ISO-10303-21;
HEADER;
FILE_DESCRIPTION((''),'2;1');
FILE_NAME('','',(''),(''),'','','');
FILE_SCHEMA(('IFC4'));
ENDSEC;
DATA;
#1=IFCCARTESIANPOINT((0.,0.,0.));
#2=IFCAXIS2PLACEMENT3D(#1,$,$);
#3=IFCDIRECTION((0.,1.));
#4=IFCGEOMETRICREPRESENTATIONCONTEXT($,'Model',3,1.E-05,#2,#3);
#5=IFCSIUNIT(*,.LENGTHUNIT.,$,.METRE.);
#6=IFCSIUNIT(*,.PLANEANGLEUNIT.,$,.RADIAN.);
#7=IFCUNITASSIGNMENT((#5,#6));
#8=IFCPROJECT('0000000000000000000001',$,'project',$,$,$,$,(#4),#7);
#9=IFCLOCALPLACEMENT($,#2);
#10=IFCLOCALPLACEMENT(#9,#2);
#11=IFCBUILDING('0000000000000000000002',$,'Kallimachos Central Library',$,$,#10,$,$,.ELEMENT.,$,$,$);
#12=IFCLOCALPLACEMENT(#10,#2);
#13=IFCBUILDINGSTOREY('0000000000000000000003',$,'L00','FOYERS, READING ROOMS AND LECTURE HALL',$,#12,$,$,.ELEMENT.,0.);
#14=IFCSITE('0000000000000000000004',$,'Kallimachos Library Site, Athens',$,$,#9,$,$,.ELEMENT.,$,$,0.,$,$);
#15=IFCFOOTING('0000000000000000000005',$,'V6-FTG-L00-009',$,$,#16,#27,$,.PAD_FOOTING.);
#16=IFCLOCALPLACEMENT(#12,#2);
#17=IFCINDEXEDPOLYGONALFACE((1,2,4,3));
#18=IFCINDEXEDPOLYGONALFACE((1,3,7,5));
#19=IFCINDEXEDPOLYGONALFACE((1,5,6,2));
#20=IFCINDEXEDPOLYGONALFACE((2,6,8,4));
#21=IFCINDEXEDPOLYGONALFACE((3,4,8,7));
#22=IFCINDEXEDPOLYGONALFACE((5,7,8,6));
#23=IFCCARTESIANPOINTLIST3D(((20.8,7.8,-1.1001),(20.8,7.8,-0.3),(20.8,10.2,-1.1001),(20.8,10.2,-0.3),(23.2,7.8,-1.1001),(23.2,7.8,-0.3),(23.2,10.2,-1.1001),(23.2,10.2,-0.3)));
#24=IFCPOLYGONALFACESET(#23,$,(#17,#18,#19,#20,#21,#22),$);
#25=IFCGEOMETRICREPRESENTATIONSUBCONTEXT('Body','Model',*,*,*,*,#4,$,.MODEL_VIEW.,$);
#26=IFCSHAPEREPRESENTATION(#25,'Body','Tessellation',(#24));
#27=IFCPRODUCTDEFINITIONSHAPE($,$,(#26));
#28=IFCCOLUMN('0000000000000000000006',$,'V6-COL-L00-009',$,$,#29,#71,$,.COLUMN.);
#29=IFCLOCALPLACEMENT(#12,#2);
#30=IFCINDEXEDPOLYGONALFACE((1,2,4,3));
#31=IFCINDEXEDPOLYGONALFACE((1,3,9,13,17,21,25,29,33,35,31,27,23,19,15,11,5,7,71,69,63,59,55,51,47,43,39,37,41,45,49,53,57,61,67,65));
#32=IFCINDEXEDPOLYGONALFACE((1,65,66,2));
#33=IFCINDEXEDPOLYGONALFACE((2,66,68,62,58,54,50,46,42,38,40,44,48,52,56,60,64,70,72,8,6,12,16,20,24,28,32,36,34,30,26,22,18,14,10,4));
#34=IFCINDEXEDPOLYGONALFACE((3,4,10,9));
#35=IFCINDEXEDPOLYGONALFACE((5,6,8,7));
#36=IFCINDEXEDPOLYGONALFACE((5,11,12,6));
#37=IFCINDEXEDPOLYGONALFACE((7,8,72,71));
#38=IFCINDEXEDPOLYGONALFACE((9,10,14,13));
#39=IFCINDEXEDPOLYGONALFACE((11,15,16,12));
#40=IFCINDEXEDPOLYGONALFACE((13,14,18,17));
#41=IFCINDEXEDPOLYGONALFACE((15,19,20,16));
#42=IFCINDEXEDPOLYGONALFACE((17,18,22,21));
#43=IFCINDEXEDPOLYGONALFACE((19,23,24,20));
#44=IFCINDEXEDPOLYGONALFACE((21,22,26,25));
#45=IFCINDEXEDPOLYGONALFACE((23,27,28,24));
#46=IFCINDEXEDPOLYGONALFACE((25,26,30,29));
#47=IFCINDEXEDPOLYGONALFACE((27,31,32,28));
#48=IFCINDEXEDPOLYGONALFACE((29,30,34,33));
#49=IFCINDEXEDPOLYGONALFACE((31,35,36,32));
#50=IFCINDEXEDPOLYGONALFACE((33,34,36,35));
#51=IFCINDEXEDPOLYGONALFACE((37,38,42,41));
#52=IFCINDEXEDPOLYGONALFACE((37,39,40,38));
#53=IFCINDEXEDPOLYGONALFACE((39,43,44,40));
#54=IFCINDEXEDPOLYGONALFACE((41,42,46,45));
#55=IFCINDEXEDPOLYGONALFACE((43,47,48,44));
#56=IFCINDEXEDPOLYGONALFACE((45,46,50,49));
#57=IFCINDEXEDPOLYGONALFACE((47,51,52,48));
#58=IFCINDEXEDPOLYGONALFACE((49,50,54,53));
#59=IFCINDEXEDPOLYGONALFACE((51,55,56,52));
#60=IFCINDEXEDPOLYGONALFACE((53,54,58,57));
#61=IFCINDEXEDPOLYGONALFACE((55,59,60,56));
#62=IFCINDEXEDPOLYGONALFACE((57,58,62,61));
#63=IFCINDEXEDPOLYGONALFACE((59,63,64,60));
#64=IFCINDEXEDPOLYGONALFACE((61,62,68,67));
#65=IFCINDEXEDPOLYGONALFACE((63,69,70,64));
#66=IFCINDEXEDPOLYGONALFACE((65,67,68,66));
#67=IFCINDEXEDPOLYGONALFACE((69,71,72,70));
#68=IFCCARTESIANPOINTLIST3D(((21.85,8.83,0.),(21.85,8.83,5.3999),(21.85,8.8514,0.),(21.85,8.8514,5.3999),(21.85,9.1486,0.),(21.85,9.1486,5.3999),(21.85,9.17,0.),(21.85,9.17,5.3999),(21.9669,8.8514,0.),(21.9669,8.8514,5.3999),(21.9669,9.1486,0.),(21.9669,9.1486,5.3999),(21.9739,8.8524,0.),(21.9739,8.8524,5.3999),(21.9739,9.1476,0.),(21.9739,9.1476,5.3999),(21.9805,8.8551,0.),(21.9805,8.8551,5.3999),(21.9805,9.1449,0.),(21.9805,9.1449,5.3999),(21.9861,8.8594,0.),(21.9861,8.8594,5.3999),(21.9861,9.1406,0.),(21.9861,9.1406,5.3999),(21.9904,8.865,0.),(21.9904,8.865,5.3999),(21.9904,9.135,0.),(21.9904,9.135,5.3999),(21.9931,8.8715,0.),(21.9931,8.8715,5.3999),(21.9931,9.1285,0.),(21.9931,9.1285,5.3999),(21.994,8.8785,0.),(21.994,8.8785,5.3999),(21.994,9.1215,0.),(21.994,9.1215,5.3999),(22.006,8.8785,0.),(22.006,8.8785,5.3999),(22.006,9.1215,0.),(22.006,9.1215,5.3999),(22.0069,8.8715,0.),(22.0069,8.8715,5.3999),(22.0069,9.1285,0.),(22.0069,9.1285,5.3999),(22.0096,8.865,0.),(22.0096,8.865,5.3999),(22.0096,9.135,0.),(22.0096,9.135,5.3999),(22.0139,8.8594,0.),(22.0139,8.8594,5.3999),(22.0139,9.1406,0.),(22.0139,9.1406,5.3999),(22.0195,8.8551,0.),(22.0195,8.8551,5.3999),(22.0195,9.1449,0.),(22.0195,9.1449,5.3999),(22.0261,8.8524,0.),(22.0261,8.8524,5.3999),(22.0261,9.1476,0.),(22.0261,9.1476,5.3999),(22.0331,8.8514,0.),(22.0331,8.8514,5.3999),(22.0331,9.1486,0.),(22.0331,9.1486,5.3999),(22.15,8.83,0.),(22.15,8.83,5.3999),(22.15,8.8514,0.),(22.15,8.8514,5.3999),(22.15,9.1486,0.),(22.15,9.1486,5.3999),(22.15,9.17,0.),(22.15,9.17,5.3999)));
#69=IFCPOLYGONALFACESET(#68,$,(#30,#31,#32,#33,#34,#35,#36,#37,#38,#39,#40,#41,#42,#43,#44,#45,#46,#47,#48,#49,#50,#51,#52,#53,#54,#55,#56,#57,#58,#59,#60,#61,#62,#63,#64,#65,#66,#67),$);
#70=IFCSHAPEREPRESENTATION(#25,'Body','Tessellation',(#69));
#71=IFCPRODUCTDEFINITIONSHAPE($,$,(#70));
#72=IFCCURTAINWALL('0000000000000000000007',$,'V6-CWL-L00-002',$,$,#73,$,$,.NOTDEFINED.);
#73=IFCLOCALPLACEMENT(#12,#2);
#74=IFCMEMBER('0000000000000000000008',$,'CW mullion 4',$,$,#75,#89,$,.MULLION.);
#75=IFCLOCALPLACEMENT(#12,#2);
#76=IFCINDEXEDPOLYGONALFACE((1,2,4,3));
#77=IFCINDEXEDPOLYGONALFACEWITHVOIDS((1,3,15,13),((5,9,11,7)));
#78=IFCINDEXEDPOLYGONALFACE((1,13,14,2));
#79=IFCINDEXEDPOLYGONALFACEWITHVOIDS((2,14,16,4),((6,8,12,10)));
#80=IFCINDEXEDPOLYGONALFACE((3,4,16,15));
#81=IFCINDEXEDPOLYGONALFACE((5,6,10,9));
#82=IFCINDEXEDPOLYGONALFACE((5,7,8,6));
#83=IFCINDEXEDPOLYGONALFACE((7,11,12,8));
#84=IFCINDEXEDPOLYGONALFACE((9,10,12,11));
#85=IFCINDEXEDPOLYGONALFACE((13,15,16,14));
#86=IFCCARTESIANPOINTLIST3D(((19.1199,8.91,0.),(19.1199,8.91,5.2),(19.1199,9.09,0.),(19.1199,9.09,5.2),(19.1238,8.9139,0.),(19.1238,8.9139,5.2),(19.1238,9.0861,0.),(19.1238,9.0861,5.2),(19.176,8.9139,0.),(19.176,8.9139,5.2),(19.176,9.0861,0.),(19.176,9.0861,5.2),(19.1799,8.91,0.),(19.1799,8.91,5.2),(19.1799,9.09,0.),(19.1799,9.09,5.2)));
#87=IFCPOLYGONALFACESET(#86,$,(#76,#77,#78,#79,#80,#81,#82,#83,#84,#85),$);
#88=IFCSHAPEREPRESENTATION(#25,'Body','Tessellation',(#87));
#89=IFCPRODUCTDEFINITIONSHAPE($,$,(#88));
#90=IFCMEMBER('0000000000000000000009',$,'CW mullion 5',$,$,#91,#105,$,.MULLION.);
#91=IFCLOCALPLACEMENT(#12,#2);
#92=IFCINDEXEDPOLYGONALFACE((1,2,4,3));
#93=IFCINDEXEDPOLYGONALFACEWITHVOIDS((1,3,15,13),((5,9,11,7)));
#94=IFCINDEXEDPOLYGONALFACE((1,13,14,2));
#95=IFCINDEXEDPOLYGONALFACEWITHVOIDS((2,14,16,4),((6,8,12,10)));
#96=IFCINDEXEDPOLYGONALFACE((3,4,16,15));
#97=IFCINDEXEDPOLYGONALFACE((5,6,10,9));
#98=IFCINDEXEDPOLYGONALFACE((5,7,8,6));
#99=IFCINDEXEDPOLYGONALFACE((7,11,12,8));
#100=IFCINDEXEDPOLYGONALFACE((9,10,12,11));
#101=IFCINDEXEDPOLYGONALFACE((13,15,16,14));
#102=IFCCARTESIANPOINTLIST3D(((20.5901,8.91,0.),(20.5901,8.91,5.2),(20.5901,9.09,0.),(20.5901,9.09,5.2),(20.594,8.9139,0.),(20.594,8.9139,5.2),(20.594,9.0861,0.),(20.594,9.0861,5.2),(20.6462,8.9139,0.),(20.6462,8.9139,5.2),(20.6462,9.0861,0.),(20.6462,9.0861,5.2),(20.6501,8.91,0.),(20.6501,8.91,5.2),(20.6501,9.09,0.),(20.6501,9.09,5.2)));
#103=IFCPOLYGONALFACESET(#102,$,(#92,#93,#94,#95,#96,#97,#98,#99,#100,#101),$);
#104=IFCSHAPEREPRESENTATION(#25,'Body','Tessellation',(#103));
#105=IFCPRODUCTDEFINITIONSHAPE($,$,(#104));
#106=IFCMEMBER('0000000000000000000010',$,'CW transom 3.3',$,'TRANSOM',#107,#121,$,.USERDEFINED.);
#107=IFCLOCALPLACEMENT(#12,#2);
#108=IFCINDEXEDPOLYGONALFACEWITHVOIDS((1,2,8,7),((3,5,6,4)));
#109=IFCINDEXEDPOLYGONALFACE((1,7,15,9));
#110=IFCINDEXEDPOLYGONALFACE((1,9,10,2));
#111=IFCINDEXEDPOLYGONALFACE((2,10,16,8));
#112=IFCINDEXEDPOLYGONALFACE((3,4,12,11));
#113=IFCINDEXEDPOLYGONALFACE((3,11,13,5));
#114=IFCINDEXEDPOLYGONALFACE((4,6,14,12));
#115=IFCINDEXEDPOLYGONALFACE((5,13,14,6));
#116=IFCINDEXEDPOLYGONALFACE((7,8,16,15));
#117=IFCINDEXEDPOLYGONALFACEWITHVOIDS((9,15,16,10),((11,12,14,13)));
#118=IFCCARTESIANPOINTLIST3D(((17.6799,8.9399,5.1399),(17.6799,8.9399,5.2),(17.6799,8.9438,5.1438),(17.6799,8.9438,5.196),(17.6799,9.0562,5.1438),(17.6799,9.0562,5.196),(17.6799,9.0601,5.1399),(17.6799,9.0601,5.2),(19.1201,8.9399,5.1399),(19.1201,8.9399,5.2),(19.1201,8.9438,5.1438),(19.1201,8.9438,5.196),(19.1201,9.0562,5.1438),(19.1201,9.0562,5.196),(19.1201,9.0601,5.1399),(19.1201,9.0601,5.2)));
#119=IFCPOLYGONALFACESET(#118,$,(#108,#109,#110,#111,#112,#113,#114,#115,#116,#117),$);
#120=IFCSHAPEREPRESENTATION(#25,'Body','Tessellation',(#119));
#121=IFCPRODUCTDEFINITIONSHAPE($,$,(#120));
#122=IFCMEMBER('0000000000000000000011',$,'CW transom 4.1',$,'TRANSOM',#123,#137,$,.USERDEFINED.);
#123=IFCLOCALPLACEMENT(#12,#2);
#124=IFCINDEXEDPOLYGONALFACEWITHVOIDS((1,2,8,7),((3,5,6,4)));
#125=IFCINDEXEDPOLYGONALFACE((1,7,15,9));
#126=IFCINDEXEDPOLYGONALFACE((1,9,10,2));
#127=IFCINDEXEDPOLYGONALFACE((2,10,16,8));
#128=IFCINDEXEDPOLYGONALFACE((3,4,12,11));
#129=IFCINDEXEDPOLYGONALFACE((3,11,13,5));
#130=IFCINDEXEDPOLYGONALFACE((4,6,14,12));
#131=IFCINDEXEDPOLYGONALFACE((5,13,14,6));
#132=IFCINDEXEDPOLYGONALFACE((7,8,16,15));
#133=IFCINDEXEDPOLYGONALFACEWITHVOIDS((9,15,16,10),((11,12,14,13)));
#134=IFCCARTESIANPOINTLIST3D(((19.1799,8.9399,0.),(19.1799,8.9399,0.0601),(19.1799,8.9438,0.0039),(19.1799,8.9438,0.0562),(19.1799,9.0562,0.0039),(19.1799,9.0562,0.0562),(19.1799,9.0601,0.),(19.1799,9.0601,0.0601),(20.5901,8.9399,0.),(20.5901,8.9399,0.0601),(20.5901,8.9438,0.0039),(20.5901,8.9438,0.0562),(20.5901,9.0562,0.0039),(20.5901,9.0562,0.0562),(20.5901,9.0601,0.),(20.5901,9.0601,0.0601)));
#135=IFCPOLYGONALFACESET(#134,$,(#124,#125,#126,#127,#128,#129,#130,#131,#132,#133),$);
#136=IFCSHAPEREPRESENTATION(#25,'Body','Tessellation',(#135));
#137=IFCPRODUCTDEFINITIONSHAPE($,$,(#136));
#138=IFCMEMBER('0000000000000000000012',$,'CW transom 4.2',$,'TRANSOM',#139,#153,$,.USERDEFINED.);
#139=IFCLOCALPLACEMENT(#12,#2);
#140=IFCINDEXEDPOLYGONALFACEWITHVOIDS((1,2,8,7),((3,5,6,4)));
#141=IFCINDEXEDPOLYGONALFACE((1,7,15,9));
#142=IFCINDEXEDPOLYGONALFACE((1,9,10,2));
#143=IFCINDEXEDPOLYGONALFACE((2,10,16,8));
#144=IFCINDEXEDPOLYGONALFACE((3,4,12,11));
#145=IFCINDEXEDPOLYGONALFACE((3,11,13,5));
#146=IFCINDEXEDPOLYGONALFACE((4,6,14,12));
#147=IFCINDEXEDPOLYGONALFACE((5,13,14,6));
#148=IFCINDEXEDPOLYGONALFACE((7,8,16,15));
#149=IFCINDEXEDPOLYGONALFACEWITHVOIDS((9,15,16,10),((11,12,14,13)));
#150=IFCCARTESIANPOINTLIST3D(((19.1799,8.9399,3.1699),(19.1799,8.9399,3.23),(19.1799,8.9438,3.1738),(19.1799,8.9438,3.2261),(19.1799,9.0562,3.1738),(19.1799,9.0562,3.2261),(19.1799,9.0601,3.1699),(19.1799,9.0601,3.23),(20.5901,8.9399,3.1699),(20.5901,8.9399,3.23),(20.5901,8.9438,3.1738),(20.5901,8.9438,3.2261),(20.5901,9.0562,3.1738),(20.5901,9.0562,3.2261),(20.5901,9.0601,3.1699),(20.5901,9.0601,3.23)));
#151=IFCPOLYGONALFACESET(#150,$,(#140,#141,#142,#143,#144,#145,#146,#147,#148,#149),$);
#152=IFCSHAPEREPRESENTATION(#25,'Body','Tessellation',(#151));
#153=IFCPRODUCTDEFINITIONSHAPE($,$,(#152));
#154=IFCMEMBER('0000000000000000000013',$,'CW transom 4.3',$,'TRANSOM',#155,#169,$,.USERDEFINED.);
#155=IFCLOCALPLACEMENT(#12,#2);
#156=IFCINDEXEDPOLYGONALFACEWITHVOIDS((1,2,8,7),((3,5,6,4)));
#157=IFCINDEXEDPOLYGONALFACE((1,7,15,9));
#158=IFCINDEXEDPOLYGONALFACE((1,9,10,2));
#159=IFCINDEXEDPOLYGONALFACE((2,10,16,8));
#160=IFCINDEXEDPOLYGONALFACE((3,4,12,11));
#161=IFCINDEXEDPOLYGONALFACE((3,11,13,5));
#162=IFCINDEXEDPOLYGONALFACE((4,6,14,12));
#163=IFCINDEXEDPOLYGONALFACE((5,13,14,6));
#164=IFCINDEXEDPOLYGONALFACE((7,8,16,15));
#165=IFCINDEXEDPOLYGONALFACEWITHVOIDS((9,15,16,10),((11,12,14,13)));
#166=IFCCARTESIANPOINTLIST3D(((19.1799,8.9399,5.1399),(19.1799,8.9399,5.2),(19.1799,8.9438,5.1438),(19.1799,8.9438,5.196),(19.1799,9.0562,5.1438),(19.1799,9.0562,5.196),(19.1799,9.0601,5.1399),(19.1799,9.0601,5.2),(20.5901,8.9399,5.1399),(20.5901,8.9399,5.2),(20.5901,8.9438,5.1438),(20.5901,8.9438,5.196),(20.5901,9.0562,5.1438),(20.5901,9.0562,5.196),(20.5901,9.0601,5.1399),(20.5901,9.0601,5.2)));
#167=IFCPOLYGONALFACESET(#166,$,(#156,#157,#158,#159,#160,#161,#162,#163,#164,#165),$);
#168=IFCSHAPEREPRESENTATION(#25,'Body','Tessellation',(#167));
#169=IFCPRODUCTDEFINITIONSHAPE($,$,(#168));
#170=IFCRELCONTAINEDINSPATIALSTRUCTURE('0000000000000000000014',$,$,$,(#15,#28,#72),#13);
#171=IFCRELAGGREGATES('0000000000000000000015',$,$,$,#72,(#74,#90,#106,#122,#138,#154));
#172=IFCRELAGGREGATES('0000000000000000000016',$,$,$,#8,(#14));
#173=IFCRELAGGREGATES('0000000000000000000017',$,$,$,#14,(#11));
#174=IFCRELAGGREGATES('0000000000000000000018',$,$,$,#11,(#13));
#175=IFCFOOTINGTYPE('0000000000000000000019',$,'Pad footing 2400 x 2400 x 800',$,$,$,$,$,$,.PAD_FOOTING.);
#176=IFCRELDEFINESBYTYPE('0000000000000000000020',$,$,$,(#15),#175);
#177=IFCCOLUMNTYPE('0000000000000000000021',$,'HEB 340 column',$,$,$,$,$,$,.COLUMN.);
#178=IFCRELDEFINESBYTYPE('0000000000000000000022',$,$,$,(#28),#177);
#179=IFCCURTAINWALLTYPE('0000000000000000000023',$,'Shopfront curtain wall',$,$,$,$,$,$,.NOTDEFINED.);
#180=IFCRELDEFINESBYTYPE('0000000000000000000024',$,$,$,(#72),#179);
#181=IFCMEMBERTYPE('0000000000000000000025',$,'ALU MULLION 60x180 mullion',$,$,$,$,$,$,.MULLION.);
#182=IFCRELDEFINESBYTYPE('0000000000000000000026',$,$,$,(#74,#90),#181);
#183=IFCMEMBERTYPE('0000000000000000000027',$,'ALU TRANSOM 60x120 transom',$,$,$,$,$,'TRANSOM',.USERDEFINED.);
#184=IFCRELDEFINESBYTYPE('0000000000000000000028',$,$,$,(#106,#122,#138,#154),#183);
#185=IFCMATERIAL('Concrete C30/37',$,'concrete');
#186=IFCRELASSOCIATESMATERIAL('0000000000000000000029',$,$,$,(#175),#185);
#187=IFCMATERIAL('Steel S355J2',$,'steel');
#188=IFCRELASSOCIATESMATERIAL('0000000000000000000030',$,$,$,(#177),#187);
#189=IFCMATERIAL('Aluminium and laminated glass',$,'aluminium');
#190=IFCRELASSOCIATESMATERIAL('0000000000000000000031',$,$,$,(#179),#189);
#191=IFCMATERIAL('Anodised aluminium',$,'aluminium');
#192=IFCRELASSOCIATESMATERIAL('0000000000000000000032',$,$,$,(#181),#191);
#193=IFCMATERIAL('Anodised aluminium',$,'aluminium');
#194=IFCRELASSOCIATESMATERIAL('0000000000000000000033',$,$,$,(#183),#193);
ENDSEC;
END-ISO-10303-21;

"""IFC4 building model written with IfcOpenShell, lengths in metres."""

from ifc_helpers import new_model, si_unit, direction, frame, origin, origin_2d, place, context, subcontext, project, spatial, rectangle, hollow_rectangle, i_section, extrude, material, material_profile, profile_set, type_object, element, aggregate, save


model = new_model("IFC4")

# Units and contexts
model_context = context("Model", 3, precision=1e-05, world=origin(), true_north=direction((0.0, 1.0)))
body_context = subcontext(model_context, "Body", "Model", "MODEL_VIEW")
ifc_project = project(units=[si_unit("LENGTHUNIT", "METRE"), si_unit("PLANEANGLEUNIT", "RADIAN")], contexts=[model_context])

# Site, building, storey
site_placement = place(None, origin())
site = spatial("IfcSite", under=ifc_project, at=site_placement, Name="Kallimachos Library Site, Athens", CompositionType="ELEMENT", RefElevation=0.0)
building_placement = place(site_placement, origin())
building = spatial("IfcBuilding", under=site, at=building_placement, Name="Kallimachos Central Library", CompositionType="ELEMENT")
storey_placement = place(building_placement, origin())
storey = spatial("IfcBuildingStorey", under=building, at=storey_placement, Name="L00", Description="FOYERS, READING ROOMS AND LECTURE HALL", CompositionType="ELEMENT", Elevation=0.0)

# Footing
ifc_material_1 = material(Name="Concrete C30/37", Category="concrete")
footing_type = type_object("IfcFootingType", Name="Pad footing 2400 x 2400 x 800", PredefinedType="PAD_FOOTING", material=ifc_material_1)
footing_placement = place(storey_placement, frame((22.0, 9.0, -1.1001), z_axis=(0.0, 0.0, 1.0), x_axis=(1.0, 0.0, 0.0)))
element("IfcFooting", 1, at=footing_placement, inside=storey, type_object=footing_type, Name="V6-FTG-L00-009", PredefinedType="PAD_FOOTING", context=body_context, shape_type="SweptSolid", body=[
    extrude(rectangle(XDim=2.3999, YDim=2.3999, at=origin_2d()), origin(), (0.0, 0.0, 1.0), 0.8),
])

# Column
ifc_material_2 = material(Name="Steel S355J2", Category="steel")
ifc_material_profile_1 = material_profile(ifc_material_2, i_section(OverallWidth=0.3, OverallDepth=0.3401, WebThickness=0.012, FlangeThickness=0.0215, FilletRadius=0.0271, at=origin_2d()), Name="HEB 340")
ifc_profile_set_1 = profile_set([ifc_material_profile_1], Name="Steel S355J2")
column_type = type_object("IfcColumnType", Name="HEB 340 column", PredefinedType="COLUMN", material=ifc_profile_set_1)
column_placement = place(storey_placement, frame((22.0, 9.0, 0.0), z_axis=(0.0, 0.0, 1.0), x_axis=(1.0, 0.0, 0.0)))
element("IfcColumn", 2, at=column_placement, inside=storey, type_object=column_type, Name="V6-COL-L00-009", PredefinedType="COLUMN", context=body_context, shape_type="SweptSolid", body=[
    extrude(i_section(OverallWidth=0.3, OverallDepth=0.3401, WebThickness=0.012, FlangeThickness=0.0215, FilletRadius=0.0271, at=origin_2d()), origin(), (0.0, 0.0, 1.0), 5.3999),
])

# Curtain wall, members
ifc_material_3 = material(Name="Aluminium and laminated glass", Category="aluminium")
curtain_wall_type = type_object("IfcCurtainWallType", Name="Shopfront curtain wall", PredefinedType="NOTDEFINED", material=ifc_material_3)
curtain_wall_placement = place(storey_placement, origin())
curtain_wall = element("IfcCurtainWall", 3, at=curtain_wall_placement, inside=storey, type_object=curtain_wall_type, Name="V6-CWL-L00-002", PredefinedType="NOTDEFINED")
ifc_material_4 = material(Name="Anodised aluminium", Category="aluminium")
ifc_material_profile_2 = material_profile(ifc_material_4, hollow_rectangle(XDim=0.0601, YDim=0.1799, WallThickness=0.0039, at=origin_2d()), Name="ALU MULLION 60x180")
ifc_profile_set_2 = profile_set([ifc_material_profile_2], Name="Anodised aluminium")
member_type_1 = type_object("IfcMemberType", Name="ALU MULLION 60x180 mullion", PredefinedType="MULLION", material=ifc_profile_set_2)
member_1_placement = place(storey_placement, frame((19.1499, 9.0, 0.0), z_axis=(0.0, 0.0, 1.0), x_axis=(1.0, 0.0, 0.0)))
member_1 = element("IfcMember", 4, at=member_1_placement, type_object=member_type_1, Name="CW mullion 4", PredefinedType="MULLION", context=body_context, shape_type="SweptSolid", body=[
    extrude(hollow_rectangle(XDim=0.0601, YDim=0.1799, WallThickness=0.0039, at=origin_2d()), origin(), (0.0, 0.0, 1.0), 5.2),
])
member_2_placement = place(storey_placement, frame((20.6201, 9.0, 0.0), z_axis=(0.0, 0.0, 1.0), x_axis=(1.0, 0.0, 0.0)))
member_2 = element("IfcMember", 5, at=member_2_placement, type_object=member_type_1, Name="CW mullion 5", PredefinedType="MULLION", context=body_context, shape_type="SweptSolid", body=[
    extrude(hollow_rectangle(XDim=0.0601, YDim=0.1799, WallThickness=0.0039, at=origin_2d()), origin(), (0.0, 0.0, 1.0), 5.2),
])
ifc_material_5 = material(Name="Anodised aluminium", Category="aluminium")
ifc_material_profile_3 = material_profile(ifc_material_5, hollow_rectangle(XDim=0.0601, YDim=0.1201, WallThickness=0.0039, at=origin_2d()), Name="ALU TRANSOM 60x120")
ifc_profile_set_3 = profile_set([ifc_material_profile_3], Name="Anodised aluminium")
member_type_2 = type_object("IfcMemberType", Name="ALU TRANSOM 60x120 transom", ElementType="TRANSOM", PredefinedType="USERDEFINED", material=ifc_profile_set_3)
member_3_placement = place(storey_placement, frame((17.6799, 9.0, 5.1699), z_axis=(1.0, 0.0, 0.0), x_axis=(0.0, 0.0, 1.0)))
member_3 = element("IfcMember", 6, at=member_3_placement, type_object=member_type_2, Name="CW transom 3.3", ObjectType="TRANSOM", PredefinedType="USERDEFINED", context=body_context, shape_type="SweptSolid", body=[
    extrude(hollow_rectangle(XDim=0.0601, YDim=0.1201, WallThickness=0.0039, at=origin_2d()), origin(), (0.0, 0.0, 1.0), 1.4402),
])
member_4_placement = place(storey_placement, frame((19.1799, 9.0, 0.03), z_axis=(1.0, 0.0, 0.0), x_axis=(0.0, 0.0, 1.0)))
member_4 = element("IfcMember", 7, at=member_4_placement, type_object=member_type_2, Name="CW transom 4.1", ObjectType="TRANSOM", PredefinedType="USERDEFINED", context=body_context, shape_type="SweptSolid", body=[
    extrude(hollow_rectangle(XDim=0.0601, YDim=0.1201, WallThickness=0.0039, at=origin_2d()), origin(), (0.0, 0.0, 1.0), 1.4102),
])
member_5_placement = place(storey_placement, frame((19.1799, 9.0, 3.2), z_axis=(1.0, 0.0, 0.0), x_axis=(0.0, 0.0, 1.0)))
member_5 = element("IfcMember", 8, at=member_5_placement, type_object=member_type_2, Name="CW transom 4.2", ObjectType="TRANSOM", PredefinedType="USERDEFINED", context=body_context, shape_type="SweptSolid", body=[
    extrude(hollow_rectangle(XDim=0.0601, YDim=0.1201, WallThickness=0.0039, at=origin_2d()), origin(), (0.0, 0.0, 1.0), 1.4102),
])
member_6_placement = place(storey_placement, frame((19.1799, 9.0, 5.1699), z_axis=(1.0, 0.0, 0.0), x_axis=(0.0, 0.0, 1.0)))
member_6 = element("IfcMember", 9, at=member_6_placement, type_object=member_type_2, Name="CW transom 4.3", ObjectType="TRANSOM", PredefinedType="USERDEFINED", context=body_context, shape_type="SweptSolid", body=[
    extrude(hollow_rectangle(XDim=0.0601, YDim=0.1201, WallThickness=0.0039, at=origin_2d()), origin(), (0.0, 0.0, 1.0), 1.4102),
])

aggregate(curtain_wall, [member_1, member_2, member_3, member_4, member_5, member_6])

save(model, "model.ifc")
